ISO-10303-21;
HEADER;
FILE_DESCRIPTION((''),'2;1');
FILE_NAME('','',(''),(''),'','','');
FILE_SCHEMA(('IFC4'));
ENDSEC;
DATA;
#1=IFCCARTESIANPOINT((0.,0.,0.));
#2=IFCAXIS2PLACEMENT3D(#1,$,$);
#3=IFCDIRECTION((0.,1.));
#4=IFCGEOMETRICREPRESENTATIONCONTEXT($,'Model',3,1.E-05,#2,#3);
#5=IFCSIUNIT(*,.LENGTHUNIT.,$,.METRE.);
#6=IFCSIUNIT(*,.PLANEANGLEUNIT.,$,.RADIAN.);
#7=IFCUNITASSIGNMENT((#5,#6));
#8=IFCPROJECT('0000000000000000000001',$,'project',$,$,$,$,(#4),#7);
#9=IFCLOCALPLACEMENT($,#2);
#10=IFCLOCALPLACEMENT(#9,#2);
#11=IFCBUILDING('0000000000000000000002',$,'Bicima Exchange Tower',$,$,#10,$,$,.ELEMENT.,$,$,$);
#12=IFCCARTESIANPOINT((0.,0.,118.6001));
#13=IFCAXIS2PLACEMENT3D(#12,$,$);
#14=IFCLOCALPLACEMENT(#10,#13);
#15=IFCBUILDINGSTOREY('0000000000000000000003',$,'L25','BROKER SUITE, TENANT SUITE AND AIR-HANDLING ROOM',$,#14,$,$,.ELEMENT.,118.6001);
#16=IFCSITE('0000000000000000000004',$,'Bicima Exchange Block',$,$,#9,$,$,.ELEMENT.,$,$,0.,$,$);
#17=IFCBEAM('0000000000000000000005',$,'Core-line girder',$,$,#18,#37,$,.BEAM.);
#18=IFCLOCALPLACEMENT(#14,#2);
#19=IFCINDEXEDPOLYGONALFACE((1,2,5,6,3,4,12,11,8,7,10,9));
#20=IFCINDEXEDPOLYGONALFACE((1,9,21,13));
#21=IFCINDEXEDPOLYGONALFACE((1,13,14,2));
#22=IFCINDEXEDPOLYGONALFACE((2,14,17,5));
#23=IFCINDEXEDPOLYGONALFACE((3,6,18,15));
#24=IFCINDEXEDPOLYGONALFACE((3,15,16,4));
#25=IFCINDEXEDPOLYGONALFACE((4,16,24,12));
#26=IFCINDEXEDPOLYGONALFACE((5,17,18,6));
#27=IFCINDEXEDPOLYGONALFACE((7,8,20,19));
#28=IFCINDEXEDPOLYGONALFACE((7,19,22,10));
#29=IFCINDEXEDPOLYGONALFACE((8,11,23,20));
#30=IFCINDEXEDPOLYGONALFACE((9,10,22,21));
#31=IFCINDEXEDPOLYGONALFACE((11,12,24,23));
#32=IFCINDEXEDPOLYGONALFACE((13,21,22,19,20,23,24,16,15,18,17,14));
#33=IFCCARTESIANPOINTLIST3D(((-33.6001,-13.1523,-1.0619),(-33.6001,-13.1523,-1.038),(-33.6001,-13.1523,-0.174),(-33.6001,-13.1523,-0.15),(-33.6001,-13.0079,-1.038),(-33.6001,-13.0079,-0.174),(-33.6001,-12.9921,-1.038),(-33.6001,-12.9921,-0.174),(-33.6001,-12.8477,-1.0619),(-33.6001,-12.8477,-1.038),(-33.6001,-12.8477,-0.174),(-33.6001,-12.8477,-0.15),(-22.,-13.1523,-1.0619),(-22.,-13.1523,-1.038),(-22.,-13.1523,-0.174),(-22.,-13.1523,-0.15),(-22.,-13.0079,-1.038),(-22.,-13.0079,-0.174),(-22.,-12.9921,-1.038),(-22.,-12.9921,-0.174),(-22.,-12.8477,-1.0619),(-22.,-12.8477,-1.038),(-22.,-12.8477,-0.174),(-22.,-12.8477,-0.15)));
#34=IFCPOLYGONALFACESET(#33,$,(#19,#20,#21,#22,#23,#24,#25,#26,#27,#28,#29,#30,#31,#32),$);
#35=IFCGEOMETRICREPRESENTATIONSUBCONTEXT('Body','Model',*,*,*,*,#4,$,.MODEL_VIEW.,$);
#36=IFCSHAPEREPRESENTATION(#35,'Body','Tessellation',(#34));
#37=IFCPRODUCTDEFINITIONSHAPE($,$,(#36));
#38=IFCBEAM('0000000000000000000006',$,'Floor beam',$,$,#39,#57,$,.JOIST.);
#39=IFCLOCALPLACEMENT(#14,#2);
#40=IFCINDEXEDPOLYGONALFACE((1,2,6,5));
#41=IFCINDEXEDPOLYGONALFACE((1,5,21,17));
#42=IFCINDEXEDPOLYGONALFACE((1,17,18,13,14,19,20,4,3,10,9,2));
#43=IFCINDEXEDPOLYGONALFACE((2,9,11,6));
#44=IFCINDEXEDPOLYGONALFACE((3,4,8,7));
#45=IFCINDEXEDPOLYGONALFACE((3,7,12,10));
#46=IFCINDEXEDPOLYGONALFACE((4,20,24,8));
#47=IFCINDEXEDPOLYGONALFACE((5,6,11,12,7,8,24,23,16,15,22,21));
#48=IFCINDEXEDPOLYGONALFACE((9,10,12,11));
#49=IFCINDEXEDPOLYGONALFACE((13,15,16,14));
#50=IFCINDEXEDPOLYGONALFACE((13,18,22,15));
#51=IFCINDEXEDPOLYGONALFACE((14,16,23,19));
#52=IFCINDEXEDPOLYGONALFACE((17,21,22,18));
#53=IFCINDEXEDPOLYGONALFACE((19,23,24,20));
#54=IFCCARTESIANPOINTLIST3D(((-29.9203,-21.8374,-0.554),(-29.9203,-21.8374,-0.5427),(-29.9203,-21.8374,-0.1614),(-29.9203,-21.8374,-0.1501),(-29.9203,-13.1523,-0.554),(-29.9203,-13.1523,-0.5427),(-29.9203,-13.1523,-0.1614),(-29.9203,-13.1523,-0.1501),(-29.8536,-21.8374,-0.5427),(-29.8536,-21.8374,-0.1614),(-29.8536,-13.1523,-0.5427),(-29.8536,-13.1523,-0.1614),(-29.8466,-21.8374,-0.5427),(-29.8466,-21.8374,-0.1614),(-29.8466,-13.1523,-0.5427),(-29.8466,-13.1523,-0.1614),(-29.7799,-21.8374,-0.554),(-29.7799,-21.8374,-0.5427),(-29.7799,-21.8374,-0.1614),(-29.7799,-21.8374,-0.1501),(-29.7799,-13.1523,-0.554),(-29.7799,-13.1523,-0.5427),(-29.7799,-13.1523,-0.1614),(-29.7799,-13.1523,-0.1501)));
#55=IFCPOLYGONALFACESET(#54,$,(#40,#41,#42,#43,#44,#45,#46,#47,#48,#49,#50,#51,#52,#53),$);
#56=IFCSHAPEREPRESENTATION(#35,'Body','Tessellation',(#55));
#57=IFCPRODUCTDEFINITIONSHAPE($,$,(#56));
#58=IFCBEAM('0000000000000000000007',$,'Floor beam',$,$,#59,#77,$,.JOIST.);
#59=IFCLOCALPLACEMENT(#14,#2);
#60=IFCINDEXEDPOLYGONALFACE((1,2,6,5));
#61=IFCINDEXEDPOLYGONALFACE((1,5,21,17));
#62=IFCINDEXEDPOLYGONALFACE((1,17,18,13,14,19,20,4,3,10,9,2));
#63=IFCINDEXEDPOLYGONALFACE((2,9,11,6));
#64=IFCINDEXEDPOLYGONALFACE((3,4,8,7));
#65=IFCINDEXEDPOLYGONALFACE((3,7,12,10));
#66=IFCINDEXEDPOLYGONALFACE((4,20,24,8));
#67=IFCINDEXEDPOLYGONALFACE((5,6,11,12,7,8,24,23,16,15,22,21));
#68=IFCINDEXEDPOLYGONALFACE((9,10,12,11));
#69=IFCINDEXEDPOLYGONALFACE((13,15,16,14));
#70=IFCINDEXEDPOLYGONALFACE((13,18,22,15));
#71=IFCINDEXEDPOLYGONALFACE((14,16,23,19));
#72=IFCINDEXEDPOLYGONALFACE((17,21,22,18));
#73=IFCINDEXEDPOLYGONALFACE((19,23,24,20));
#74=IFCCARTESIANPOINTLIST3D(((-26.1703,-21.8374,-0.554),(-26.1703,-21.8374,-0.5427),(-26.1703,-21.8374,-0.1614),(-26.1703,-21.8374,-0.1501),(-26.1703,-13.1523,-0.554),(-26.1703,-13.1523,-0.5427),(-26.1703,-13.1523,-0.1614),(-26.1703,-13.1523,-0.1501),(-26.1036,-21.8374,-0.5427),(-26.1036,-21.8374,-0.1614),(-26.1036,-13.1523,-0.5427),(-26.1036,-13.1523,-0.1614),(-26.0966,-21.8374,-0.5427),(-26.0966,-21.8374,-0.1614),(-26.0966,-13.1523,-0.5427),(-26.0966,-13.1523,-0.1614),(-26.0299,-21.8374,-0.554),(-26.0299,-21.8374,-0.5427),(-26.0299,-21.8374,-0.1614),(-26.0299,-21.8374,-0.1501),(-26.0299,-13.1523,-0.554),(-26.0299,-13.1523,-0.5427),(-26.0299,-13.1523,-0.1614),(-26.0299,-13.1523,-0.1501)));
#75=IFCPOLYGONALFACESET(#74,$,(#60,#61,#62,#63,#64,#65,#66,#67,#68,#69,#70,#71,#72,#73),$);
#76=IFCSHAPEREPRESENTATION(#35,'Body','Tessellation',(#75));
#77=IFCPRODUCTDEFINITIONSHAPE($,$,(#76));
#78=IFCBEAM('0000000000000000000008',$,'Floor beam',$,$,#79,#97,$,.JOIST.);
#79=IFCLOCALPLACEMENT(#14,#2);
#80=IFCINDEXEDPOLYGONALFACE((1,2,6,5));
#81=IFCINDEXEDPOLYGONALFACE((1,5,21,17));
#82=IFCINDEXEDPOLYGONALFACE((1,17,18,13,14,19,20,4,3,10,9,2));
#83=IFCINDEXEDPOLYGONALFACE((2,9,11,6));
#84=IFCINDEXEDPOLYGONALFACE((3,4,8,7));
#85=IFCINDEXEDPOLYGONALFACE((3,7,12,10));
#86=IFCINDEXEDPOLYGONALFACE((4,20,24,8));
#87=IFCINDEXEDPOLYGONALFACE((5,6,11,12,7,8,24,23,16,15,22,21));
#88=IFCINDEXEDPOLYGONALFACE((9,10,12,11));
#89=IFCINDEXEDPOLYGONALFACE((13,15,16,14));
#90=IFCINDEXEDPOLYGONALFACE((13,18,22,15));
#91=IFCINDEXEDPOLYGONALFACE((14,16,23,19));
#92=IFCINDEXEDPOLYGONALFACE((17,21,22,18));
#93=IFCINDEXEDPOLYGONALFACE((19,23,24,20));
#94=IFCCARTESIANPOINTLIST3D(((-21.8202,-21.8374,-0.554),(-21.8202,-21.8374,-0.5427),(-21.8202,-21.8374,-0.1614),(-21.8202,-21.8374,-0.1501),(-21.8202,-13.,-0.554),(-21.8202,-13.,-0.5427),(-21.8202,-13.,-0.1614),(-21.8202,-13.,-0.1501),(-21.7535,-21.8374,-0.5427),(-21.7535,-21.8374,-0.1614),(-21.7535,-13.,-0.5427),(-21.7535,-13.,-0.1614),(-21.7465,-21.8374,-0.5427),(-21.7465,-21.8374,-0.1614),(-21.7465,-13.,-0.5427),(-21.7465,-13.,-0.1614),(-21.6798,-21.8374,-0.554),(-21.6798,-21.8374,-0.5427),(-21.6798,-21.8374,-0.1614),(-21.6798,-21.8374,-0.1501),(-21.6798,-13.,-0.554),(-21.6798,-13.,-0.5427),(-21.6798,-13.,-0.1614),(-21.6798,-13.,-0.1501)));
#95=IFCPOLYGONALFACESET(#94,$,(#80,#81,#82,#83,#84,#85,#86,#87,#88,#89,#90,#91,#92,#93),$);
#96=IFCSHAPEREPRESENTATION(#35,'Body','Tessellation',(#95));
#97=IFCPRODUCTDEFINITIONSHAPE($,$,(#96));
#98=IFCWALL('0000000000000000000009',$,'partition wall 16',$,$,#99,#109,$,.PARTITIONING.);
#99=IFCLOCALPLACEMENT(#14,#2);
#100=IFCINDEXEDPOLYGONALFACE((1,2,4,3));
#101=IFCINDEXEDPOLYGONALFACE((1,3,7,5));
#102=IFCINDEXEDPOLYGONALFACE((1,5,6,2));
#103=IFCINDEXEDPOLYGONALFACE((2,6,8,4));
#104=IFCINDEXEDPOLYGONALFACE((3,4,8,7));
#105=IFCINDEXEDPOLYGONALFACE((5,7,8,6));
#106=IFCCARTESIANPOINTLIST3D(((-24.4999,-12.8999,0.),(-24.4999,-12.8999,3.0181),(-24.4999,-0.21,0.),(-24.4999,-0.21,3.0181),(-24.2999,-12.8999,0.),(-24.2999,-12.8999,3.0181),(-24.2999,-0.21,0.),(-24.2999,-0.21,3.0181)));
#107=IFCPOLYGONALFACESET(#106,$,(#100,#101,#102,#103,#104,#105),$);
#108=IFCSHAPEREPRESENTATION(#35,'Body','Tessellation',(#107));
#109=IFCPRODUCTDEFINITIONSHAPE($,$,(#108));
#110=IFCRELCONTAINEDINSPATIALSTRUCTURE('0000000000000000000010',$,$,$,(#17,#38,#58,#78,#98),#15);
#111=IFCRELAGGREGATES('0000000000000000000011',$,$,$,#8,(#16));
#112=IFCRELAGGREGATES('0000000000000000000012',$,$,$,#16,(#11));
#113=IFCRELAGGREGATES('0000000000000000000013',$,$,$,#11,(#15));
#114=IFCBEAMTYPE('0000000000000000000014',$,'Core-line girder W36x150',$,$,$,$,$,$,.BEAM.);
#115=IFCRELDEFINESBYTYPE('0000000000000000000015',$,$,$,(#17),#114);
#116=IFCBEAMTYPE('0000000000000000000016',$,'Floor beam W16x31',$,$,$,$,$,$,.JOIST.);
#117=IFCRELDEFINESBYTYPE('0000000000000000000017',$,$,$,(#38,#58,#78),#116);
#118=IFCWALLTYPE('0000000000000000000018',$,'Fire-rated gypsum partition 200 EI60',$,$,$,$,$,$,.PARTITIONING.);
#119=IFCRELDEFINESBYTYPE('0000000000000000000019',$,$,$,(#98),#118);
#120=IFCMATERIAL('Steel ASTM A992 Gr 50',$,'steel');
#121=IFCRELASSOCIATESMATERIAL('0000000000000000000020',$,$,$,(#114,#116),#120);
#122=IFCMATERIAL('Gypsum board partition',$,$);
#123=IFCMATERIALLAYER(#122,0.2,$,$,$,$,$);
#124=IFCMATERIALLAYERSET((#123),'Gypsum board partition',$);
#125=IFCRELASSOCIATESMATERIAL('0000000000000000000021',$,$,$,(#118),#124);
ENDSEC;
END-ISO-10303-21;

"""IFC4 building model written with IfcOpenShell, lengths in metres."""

from ifc_helpers import new_model, si_unit, direction, frame, frame_2d, origin, origin_2d, place, context, subcontext, project, spatial, rectangle, i_section, extrude, material, layer, layer_set, material_profile, profile_set, type_object, element, save


model = new_model("IFC4")

# Units and contexts
model_context = context("Model", 3, precision=1e-05, world=origin(), true_north=direction((0.0, 1.0)))
body_context = subcontext(model_context, "Body", "Model", "MODEL_VIEW")
ifc_project = project(units=[si_unit("LENGTHUNIT", "METRE"), si_unit("PLANEANGLEUNIT", "RADIAN")], contexts=[model_context])

# Site, building, storey
site_placement = place(None, origin())
site = spatial("IfcSite", under=ifc_project, at=site_placement, Name="Bicima Exchange Block", CompositionType="ELEMENT", RefElevation=0.0)
building_placement = place(site_placement, origin())
building = spatial("IfcBuilding", under=site, at=building_placement, Name="Bicima Exchange Tower", CompositionType="ELEMENT")
storey_placement = place(building_placement, frame((0.0, 0.0, 118.6001)))
storey = spatial("IfcBuildingStorey", under=building, at=storey_placement, Name="L25", Description="BROKER SUITE, TENANT SUITE AND AIR-HANDLING ROOM", CompositionType="ELEMENT", Elevation=118.6001)

# Beams
ifc_material_1 = material(Name="Steel ASTM A992 Gr 50", Category="steel")
ifc_material_profile_1 = material_profile(ifc_material_1, i_section(OverallWidth=0.3047, OverallDepth=0.9119, WebThickness=0.0159, FlangeThickness=0.0239, at=origin_2d()))
ifc_profile_set_1 = profile_set([ifc_material_profile_1], Name="Steel ASTM A992 Gr 50")
beam_type_1 = type_object("IfcBeamType", Name="Core-line girder W36x150", PredefinedType="BEAM", material=ifc_profile_set_1)
beam_1_placement = place(storey_placement, frame((-22.0, -13.0, -0.606), z_axis=(-1.0, 0.0, 0.0), x_axis=(0.0, -1.0, 0.0)))
element("IfcBeam", 1, at=beam_1_placement, inside=storey, type_object=beam_type_1, Name="Core-line girder", PredefinedType="BEAM", context=body_context, shape_type="SweptSolid", body=[
    extrude(i_section(OverallWidth=0.3047, OverallDepth=0.9119, WebThickness=0.0159, FlangeThickness=0.0239, at=origin_2d()), origin(), (0.0, 0.0, 1.0), 11.6001),
])
ifc_material_profile_2 = material_profile(ifc_material_1, i_section(OverallWidth=0.1404, OverallDepth=0.4038, WebThickness=0.0071, FlangeThickness=0.0112, at=origin_2d()))
ifc_profile_set_2 = profile_set([ifc_material_profile_2], Name="Steel ASTM A992 Gr 50")
beam_type_2 = type_object("IfcBeamType", Name="Floor beam W16x31", PredefinedType="JOIST", material=ifc_profile_set_2)
for number, where, z_axis, x_axis, name in (
    (2, (-29.8501, -13.1523, -0.3521), (0.0, -1.0, 0.0), (1.0, 0.0, 0.0), "Floor beam"),
    (3, (-26.1001, -13.1523, -0.3521), (0.0, -1.0, 0.0), (1.0, 0.0, 0.0), "Floor beam"),
):
    element("IfcBeam", number, at=place(storey_placement, frame(where, z_axis=z_axis, x_axis=x_axis)), inside=storey, type_object=beam_type_2, Name=name, PredefinedType="JOIST", context=body_context, shape_type="SweptSolid", body=[
        extrude(i_section(OverallWidth=0.1404, OverallDepth=0.4038, WebThickness=0.0071, FlangeThickness=0.0112, at=origin_2d()), origin(), (0.0, 0.0, 1.0), 8.6851),
    ])
beam_2_placement = place(storey_placement, frame((-21.75, -13.0, -0.3521), z_axis=(0.0, -1.0, 0.0), x_axis=(1.0, 0.0, 0.0)))
element("IfcBeam", 4, at=beam_2_placement, inside=storey, type_object=beam_type_2, Name="Floor beam", PredefinedType="JOIST", context=body_context, shape_type="SweptSolid", body=[
    extrude(i_section(OverallWidth=0.1404, OverallDepth=0.4038, WebThickness=0.0071, FlangeThickness=0.0112, at=origin_2d()), origin(), (0.0, 0.0, 1.0), 8.8374),
])

# Wall
ifc_material_2 = material(Name="Gypsum board partition")
ifc_layer_1 = layer(ifc_material_2, 0.2)
ifc_layer_set_1 = layer_set([ifc_layer_1], Name="Gypsum board partition")
wall_type_1 = type_object("IfcWallType", Name="Fire-rated gypsum partition 200 EI60", PredefinedType="PARTITIONING", material=ifc_layer_set_1)
wall_1_placement = place(storey_placement, frame((-24.3999, -12.8999, 0.0), z_axis=(0.0, 0.0, 1.0), x_axis=(0.0, 1.0, 0.0)))
element("IfcWall", 5, at=wall_1_placement, inside=storey, type_object=wall_type_1, Name="partition wall 16", PredefinedType="PARTITIONING", context=body_context, shape_type="SweptSolid", body=[
    extrude(rectangle(XDim=12.6899, YDim=0.2, at=frame_2d((6.345, 0.0))), origin(), (0.0, 0.0, 1.0), 3.0181),
])

save(model, "model.ifc")
